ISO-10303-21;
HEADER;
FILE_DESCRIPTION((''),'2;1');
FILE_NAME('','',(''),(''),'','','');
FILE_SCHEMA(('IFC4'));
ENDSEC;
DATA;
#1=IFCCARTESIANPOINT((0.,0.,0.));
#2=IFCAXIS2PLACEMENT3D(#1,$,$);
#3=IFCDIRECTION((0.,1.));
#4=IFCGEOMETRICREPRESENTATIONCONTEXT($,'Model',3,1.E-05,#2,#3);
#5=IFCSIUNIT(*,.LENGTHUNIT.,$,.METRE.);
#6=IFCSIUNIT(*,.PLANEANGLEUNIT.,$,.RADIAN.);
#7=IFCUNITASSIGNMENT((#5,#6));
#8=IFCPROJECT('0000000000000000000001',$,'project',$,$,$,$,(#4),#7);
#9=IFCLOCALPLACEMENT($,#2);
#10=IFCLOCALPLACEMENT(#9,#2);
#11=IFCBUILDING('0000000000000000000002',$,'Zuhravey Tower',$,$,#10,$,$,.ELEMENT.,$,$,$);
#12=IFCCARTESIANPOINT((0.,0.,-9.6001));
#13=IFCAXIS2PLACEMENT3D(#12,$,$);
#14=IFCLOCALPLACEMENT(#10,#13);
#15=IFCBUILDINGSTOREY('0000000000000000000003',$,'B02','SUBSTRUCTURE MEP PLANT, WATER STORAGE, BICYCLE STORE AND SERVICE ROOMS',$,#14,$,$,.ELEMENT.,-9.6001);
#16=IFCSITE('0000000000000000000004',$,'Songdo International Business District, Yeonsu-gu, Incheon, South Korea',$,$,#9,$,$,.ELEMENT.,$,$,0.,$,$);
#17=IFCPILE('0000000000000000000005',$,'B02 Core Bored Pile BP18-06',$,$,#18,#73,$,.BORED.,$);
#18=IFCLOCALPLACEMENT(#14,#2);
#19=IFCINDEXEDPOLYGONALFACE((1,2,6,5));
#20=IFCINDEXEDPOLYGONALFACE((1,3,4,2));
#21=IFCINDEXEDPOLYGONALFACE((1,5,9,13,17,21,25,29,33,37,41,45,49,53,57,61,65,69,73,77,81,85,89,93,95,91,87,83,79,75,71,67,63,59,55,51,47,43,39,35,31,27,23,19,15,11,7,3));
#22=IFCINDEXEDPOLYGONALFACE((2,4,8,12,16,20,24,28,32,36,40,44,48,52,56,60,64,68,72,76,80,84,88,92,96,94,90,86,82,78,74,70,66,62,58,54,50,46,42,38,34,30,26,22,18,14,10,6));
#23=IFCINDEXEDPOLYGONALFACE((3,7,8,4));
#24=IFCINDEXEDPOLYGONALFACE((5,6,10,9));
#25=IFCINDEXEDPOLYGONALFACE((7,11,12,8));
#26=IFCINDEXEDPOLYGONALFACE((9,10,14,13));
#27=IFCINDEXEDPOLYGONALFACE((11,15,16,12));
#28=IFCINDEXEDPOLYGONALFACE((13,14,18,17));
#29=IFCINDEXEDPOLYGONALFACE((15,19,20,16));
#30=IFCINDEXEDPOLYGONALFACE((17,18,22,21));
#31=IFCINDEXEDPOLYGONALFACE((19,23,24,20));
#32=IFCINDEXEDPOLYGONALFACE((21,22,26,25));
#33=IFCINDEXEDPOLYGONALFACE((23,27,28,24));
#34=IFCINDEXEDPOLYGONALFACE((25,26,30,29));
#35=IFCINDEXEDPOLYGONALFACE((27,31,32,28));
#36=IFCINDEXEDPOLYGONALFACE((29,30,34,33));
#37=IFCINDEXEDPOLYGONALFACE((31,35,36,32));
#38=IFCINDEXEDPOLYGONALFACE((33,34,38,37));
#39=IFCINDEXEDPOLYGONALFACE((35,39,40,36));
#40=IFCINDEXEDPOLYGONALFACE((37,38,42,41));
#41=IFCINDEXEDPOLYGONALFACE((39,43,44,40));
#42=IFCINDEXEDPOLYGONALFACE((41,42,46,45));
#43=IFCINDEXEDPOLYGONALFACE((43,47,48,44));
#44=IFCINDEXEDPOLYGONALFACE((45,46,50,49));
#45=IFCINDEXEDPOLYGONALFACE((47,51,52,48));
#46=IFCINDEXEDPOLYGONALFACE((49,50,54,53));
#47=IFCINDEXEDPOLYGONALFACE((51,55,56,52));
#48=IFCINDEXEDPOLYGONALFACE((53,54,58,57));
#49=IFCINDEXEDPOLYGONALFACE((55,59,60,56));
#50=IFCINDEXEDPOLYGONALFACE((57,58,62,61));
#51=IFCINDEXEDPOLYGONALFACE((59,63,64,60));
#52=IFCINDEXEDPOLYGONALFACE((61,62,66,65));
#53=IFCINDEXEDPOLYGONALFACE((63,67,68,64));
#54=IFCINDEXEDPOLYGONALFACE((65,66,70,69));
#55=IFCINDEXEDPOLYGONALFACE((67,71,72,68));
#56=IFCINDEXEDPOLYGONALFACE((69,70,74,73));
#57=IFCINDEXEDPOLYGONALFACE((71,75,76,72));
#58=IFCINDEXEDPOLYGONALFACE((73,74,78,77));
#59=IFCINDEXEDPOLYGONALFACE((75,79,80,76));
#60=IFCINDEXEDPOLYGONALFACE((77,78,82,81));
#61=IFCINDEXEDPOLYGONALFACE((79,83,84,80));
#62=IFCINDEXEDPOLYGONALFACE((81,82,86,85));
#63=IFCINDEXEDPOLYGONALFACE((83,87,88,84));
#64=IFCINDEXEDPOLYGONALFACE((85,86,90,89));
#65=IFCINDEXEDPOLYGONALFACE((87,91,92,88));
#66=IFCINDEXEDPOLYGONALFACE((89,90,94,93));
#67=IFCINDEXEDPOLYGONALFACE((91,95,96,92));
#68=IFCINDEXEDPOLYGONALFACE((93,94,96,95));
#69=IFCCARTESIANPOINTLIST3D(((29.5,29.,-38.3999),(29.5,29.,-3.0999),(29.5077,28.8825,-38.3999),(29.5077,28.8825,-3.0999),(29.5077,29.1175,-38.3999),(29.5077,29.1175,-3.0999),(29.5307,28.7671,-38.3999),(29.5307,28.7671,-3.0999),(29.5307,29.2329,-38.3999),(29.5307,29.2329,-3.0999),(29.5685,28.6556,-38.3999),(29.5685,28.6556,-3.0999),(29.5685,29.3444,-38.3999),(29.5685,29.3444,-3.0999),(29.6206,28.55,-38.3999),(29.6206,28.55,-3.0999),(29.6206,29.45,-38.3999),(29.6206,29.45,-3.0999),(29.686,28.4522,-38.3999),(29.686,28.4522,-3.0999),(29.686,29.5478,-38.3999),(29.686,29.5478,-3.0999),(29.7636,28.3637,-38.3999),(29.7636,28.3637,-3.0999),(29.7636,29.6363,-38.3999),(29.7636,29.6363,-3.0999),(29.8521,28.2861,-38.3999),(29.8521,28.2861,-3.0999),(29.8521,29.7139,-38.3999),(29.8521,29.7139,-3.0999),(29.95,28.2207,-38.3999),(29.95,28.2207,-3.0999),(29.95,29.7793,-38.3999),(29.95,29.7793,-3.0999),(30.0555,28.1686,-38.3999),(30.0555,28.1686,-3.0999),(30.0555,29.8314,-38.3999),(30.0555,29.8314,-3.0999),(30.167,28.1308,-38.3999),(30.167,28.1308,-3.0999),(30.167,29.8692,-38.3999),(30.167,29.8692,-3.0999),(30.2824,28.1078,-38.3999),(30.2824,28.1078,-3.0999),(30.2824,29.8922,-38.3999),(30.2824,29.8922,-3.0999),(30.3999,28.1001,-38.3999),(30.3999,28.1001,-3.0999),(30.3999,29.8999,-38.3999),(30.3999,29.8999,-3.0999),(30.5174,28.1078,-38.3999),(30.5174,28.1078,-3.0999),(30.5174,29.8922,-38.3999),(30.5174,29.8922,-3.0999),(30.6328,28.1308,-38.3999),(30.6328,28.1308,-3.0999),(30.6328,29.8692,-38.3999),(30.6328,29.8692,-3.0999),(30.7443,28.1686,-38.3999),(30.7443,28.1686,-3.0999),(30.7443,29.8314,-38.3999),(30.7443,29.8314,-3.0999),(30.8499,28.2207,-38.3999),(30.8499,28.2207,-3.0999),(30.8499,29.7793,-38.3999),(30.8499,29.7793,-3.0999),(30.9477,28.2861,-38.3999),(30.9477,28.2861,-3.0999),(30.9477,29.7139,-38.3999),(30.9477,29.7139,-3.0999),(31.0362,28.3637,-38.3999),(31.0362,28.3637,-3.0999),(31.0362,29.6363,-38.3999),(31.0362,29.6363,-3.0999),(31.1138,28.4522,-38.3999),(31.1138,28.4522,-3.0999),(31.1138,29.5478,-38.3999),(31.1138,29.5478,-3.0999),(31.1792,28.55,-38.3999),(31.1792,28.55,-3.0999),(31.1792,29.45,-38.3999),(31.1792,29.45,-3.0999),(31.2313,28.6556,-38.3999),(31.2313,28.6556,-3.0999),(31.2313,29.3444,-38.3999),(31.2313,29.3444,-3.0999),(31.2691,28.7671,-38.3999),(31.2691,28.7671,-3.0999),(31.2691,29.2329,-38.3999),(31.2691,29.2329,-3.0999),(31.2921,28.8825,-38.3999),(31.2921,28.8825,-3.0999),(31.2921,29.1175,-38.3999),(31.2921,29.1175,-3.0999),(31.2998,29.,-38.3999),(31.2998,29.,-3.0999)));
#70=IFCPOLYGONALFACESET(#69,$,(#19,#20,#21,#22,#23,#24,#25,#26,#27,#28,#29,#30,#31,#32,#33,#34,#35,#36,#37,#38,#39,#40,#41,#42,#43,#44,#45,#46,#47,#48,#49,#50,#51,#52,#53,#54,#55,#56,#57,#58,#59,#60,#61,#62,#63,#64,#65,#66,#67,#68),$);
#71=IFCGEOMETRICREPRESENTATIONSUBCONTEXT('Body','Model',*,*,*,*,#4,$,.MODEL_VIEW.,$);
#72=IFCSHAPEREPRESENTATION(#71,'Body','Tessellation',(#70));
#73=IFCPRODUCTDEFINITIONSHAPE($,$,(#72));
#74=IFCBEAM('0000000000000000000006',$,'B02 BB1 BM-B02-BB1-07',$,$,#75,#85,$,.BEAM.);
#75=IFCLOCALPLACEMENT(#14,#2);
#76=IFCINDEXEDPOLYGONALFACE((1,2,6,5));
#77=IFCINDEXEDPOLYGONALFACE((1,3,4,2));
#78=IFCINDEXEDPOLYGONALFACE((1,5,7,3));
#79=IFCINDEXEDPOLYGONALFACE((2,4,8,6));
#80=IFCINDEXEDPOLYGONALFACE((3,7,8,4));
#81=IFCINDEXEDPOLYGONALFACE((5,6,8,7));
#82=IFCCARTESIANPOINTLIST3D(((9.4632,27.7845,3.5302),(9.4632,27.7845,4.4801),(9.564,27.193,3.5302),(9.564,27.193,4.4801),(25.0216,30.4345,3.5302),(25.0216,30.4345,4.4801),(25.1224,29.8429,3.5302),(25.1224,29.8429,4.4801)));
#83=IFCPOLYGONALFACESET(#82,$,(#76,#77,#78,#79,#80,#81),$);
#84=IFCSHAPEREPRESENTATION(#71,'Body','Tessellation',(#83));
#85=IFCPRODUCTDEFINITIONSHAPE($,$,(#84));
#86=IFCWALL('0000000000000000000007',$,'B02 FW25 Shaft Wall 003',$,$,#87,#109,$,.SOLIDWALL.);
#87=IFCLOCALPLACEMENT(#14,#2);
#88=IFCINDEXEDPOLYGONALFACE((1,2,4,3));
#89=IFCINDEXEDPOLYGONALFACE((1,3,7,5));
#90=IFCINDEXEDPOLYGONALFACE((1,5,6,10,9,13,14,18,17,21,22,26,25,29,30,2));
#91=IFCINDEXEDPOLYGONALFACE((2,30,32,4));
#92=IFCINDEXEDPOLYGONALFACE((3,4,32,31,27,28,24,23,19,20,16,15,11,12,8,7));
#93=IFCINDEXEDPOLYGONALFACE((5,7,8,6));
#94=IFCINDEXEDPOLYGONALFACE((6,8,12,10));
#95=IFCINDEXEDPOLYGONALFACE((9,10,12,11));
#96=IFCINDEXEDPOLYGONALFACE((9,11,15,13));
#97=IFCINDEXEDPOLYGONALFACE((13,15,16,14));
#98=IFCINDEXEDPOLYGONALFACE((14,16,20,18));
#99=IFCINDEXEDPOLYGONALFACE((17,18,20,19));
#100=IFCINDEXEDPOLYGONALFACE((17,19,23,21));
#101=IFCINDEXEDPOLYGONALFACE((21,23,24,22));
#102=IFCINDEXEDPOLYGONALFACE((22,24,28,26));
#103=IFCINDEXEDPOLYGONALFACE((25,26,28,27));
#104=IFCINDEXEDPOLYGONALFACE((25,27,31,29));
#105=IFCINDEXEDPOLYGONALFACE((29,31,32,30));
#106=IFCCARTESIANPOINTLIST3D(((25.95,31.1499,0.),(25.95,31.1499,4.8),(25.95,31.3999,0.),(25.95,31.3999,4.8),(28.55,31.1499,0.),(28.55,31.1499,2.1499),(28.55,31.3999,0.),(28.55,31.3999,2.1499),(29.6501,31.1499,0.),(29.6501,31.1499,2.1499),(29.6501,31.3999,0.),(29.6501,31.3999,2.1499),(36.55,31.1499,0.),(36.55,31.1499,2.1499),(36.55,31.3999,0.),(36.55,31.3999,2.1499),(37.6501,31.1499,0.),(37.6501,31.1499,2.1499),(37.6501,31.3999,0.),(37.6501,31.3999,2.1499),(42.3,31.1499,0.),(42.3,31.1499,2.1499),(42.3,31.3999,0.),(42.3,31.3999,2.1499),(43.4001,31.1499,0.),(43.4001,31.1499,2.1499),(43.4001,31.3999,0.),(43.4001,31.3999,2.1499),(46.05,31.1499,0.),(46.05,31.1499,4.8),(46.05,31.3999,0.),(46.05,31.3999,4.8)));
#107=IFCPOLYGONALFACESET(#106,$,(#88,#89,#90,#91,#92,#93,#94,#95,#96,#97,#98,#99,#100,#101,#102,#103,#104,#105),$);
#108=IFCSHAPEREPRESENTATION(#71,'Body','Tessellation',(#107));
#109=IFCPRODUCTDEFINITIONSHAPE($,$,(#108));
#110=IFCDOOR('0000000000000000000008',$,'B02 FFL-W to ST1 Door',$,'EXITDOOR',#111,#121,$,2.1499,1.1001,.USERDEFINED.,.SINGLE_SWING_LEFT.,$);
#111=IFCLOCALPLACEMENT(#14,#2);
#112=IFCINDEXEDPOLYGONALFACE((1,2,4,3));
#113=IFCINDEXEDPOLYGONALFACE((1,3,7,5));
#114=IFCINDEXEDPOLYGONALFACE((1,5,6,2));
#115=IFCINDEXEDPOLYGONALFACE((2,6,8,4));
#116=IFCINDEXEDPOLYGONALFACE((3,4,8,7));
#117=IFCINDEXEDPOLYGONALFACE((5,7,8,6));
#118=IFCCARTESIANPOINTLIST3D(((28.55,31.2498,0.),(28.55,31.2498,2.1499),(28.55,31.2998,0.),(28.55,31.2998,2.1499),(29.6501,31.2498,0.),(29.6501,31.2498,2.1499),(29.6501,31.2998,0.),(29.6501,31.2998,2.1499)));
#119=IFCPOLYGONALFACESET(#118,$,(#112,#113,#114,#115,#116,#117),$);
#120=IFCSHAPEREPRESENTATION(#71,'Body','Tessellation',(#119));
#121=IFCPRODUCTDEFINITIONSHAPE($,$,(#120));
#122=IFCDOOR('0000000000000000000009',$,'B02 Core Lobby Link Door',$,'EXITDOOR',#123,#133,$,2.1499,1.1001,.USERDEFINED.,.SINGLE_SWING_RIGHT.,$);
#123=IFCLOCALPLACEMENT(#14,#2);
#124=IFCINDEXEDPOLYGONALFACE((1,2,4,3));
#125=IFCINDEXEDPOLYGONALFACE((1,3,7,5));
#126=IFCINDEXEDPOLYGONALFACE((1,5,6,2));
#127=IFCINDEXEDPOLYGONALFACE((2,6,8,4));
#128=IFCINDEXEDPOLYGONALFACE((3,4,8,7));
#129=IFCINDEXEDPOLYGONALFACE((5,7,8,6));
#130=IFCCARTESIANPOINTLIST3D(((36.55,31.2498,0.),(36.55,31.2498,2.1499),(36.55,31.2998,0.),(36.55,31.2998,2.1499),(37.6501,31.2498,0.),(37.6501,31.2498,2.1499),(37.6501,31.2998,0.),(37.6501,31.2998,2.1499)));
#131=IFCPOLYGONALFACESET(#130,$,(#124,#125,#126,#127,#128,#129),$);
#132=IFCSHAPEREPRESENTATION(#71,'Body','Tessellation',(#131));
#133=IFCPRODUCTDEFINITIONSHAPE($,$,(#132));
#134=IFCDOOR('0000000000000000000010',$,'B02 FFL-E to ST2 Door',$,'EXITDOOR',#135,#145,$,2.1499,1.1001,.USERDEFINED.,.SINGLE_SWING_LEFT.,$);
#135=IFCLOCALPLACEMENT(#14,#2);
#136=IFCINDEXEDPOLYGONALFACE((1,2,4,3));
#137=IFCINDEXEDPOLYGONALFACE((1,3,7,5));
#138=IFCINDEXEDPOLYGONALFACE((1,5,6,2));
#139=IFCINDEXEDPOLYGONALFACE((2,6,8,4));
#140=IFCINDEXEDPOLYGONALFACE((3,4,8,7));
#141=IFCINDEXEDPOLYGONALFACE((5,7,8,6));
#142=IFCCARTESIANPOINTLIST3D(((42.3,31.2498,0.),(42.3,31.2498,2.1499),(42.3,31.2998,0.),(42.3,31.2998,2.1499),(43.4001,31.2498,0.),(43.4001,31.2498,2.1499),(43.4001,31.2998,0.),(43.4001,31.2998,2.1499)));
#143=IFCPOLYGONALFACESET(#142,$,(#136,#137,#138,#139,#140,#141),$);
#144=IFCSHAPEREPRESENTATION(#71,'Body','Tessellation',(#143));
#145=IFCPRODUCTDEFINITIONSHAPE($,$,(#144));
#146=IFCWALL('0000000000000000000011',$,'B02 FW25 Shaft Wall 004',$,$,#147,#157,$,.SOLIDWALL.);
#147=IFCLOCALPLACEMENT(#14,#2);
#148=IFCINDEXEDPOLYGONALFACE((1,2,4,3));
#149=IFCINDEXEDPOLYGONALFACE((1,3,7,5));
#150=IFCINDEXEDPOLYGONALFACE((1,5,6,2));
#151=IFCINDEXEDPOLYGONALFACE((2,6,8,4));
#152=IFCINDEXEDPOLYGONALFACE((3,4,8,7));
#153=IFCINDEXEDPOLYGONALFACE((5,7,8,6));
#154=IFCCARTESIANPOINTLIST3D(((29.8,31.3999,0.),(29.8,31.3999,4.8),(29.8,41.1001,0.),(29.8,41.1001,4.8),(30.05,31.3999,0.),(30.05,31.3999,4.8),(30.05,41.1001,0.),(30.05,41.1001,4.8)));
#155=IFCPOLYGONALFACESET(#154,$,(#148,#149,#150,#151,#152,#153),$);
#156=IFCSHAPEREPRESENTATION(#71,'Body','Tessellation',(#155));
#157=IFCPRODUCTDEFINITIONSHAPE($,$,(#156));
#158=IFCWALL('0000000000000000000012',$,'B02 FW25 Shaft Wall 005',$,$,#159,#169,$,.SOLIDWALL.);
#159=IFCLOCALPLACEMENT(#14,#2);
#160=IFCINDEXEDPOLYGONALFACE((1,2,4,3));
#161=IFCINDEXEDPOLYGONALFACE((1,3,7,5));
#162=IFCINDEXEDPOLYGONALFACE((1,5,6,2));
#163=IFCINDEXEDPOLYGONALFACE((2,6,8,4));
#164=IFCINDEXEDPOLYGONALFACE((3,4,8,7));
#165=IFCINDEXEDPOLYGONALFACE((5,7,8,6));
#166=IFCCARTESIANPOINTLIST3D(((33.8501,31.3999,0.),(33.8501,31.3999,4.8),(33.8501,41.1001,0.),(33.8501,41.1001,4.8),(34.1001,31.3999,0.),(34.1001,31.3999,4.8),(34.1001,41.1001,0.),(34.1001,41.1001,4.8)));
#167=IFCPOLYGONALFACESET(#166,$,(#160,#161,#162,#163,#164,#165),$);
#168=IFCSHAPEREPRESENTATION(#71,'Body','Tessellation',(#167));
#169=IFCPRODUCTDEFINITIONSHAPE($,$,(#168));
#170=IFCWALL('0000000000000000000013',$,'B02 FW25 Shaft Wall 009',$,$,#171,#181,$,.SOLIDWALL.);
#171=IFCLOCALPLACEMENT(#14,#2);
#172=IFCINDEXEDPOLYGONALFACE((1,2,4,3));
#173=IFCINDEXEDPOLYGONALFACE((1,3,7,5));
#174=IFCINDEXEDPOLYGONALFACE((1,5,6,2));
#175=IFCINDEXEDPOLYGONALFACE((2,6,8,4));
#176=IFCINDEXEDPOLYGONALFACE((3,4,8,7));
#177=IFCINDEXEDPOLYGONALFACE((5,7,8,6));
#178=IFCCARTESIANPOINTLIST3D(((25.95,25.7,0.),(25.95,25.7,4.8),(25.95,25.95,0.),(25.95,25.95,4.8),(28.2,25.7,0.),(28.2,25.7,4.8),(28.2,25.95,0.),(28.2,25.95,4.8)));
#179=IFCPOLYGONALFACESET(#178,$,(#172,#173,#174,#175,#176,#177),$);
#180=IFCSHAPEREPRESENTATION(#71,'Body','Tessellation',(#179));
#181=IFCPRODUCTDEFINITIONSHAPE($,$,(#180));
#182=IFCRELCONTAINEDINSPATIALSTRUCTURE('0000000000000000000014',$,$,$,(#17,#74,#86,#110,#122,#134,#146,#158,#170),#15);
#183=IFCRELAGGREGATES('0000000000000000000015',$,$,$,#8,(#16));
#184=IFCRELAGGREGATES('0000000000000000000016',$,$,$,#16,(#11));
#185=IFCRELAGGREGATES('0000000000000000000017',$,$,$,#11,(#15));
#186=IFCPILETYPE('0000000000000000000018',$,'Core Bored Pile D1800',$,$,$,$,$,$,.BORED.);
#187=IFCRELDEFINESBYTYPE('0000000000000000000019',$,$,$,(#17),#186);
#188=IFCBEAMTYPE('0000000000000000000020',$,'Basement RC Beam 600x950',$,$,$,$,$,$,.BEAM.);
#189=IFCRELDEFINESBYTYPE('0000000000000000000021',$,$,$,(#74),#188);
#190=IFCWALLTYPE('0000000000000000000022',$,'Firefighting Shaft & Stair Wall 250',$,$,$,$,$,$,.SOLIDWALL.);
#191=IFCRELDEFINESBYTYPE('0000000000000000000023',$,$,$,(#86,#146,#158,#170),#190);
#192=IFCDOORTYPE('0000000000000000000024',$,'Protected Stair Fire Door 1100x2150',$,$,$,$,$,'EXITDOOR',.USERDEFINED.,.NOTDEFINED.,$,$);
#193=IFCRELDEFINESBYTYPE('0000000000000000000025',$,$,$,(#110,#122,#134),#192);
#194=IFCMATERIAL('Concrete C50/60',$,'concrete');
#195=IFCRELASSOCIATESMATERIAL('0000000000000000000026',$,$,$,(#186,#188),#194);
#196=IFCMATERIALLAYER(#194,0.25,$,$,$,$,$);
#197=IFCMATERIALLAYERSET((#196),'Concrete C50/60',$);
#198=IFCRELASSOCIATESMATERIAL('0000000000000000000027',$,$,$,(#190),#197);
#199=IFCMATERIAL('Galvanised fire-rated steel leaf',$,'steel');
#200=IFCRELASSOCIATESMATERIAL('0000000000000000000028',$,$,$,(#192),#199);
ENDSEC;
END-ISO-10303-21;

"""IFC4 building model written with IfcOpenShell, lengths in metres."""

from ifc_helpers import new_model, si_unit, direction, frame, frame_2d, origin, origin_2d, place, context, subcontext, project, spatial, rectangle, circle, extrude, material, layer, layer_set, material_profile, profile_set, type_object, element, fill, save


model = new_model("IFC4")

# Units and contexts
model_context = context("Model", 3, precision=1e-05, world=origin(), true_north=direction((0.0, 1.0)))
body_context = subcontext(model_context, "Body", "Model", "MODEL_VIEW")
ifc_project = project(units=[si_unit("LENGTHUNIT", "METRE"), si_unit("PLANEANGLEUNIT", "RADIAN")], contexts=[model_context])

# Site, building, storey
site_placement = place(None, origin())
site = spatial("IfcSite", under=ifc_project, at=site_placement, Name="Songdo International Business District, Yeonsu-gu, Incheon, South Korea", CompositionType="ELEMENT", RefElevation=0.0)
building_placement = place(site_placement, origin())
building = spatial("IfcBuilding", under=site, at=building_placement, Name="Zuhravey Tower", CompositionType="ELEMENT")
storey_placement = place(building_placement, frame((0.0, 0.0, -9.6001)))
storey = spatial("IfcBuildingStorey", under=building, at=storey_placement, Name="B02", Description="SUBSTRUCTURE MEP PLANT, WATER STORAGE, BICYCLE STORE AND SERVICE ROOMS", CompositionType="ELEMENT", Elevation=-9.6001)

# Pile
ifc_material_1 = material(Name="Concrete C50/60", Category="concrete")
ifc_material_profile_1 = material_profile(ifc_material_1, circle(Radius=0.8999, at=origin_2d()), Name="PILE-D1800")
ifc_profile_set_1 = profile_set([ifc_material_profile_1], Name="Concrete C50/60")
pile_type = type_object("IfcPileType", Name="Core Bored Pile D1800", PredefinedType="BORED", material=ifc_profile_set_1)
for number, where, z_axis, x_axis, name in (
    (1, (30.3999, 29.0, -3.0999), (0.0, 0.0, -1.0), (1.0, 0.0, 0.0), "B02 Core Bored Pile BP18-06"),
):
    element("IfcPile", number, at=place(storey_placement, frame(where, z_axis=z_axis, x_axis=x_axis)), inside=storey, type_object=pile_type, Name=name, PredefinedType="BORED", context=body_context, shape_type="SweptSolid", body=[
        extrude(circle(Radius=0.8999, at=origin_2d()), origin(), (0.0, 0.0, 1.0), 35.3),
    ])

# Beam
ifc_material_profile_2 = material_profile(ifc_material_1, rectangle(XDim=0.6001, YDim=0.95, at=origin_2d()), Name="RC-600x950")
ifc_profile_set_2 = profile_set([ifc_material_profile_2], Name="Concrete C50/60")
beam_type = type_object("IfcBeamType", Name="Basement RC Beam 600x950", PredefinedType="BEAM", material=ifc_profile_set_2)
beam_placement = place(storey_placement, frame((25.072, 30.1387, 4.0051), z_axis=(-0.985804, -0.167902, 0.0), x_axis=(0.167902, -0.985804, 0.0)))
element("IfcBeam", 2, at=beam_placement, inside=storey, type_object=beam_type, Name="B02 BB1 BM-B02-BB1-07", PredefinedType="BEAM", context=body_context, shape_type="SweptSolid", body=[
    extrude(rectangle(XDim=0.6001, YDim=0.95, at=origin_2d()), origin(), (0.0, 0.0, 1.0), 15.7825),
])

# Wall, openings, doors
ifc_layer = layer(ifc_material_1, 0.25)
ifc_layer_set = layer_set([ifc_layer], Name="Concrete C50/60")
wall_type = type_object("IfcWallType", Name="Firefighting Shaft & Stair Wall 250", PredefinedType="SOLIDWALL", material=ifc_layer_set)
wall_1_placement = place(storey_placement, frame((25.95, 31.2749, 0.0), z_axis=(0.0, 0.0, 1.0), x_axis=(1.0, 0.0, 0.0)))
wall_1 = element("IfcWall", 3, at=wall_1_placement, inside=storey, type_object=wall_type, Name="B02 FW25 Shaft Wall 003", PredefinedType="SOLIDWALL", context=body_context, shape_type="SweptSolid", body=[
    extrude(rectangle(XDim=20.1001, YDim=0.25, at=frame_2d((10.05, 0.0))), origin(), (0.0, 0.0, 1.0), 4.8),
])
opening_1_placement = place(wall_1_placement, frame((2.6001, 0.0, 0.0)))
opening_1 = element("IfcOpeningElement", 4, at=opening_1_placement, cuts=wall_1, PredefinedType="OPENING", context=body_context, shape_type="SweptSolid", body=[
    extrude(rectangle(XDim=1.1001, YDim=2.1499, at=frame_2d((0.55, 1.075))), frame((0.0, 0.137, 0.0), z_axis=(0.0, -1.0, 0.0), x_axis=(1.0, 0.0, 0.0)), (0.0, 0.0, 1.0), 0.2739),
])
opening_2_placement = place(wall_1_placement, frame((10.6001, 0.0, 0.0)))
opening_2 = element("IfcOpeningElement", 5, at=opening_2_placement, cuts=wall_1, PredefinedType="OPENING", context=body_context, shape_type="SweptSolid", body=[
    extrude(rectangle(XDim=1.1001, YDim=2.1499, at=frame_2d((0.55, 1.075))), frame((0.0, 0.137, 0.0), z_axis=(0.0, -1.0, 0.0), x_axis=(1.0, 0.0, 0.0)), (0.0, 0.0, 1.0), 0.2739),
])
opening_3_placement = place(wall_1_placement, frame((16.3501, 0.0, 0.0)))
opening_3 = element("IfcOpeningElement", 6, at=opening_3_placement, cuts=wall_1, PredefinedType="OPENING", context=body_context, shape_type="SweptSolid", body=[
    extrude(rectangle(XDim=1.1001, YDim=2.1499, at=frame_2d((0.55, 1.075))), frame((0.0, 0.137, 0.0), z_axis=(0.0, -1.0, 0.0), x_axis=(1.0, 0.0, 0.0)), (0.0, 0.0, 1.0), 0.2739),
])
ifc_material_2 = material(Name="Galvanised fire-rated steel leaf", Category="steel")
door_type_1 = type_object("IfcDoorType", Name="Protected Stair Fire Door 1100x2150", ElementType="EXITDOOR", OperationType="NOTDEFINED", PredefinedType="USERDEFINED", material=ifc_material_2)
door_1_placement = place(opening_1_placement, origin())
door_1 = element("IfcDoor", 7, at=door_1_placement, inside=storey, type_object=door_type_1, Name="B02 FFL-W to ST1 Door", ObjectType="EXITDOOR", OperationType="SINGLE_SWING_LEFT", OverallHeight=2.1499, OverallWidth=1.1001, PredefinedType="USERDEFINED", context=body_context, shape_type="SweptSolid", body=[
    extrude(rectangle(XDim=1.1001, YDim=2.1499, at=frame_2d((0.55, 1.075))), frame((0.0, 0.0249, 0.0), z_axis=(0.0, -1.0, 0.0), x_axis=(1.0, 0.0, 0.0)), (0.0, 0.0, 1.0), 0.05),
])
fill(opening_1, door_1)
door_2_placement = place(opening_2_placement, origin())
door_2 = element("IfcDoor", 8, at=door_2_placement, inside=storey, type_object=door_type_1, Name="B02 Core Lobby Link Door", ObjectType="EXITDOOR", OperationType="SINGLE_SWING_RIGHT", OverallHeight=2.1499, OverallWidth=1.1001, PredefinedType="USERDEFINED", context=body_context, shape_type="SweptSolid", body=[
    extrude(rectangle(XDim=1.1001, YDim=2.1499, at=frame_2d((0.55, 1.075))), frame((0.0, 0.0249, 0.0), z_axis=(0.0, -1.0, 0.0), x_axis=(1.0, 0.0, 0.0)), (0.0, 0.0, 1.0), 0.05),
])
fill(opening_2, door_2)
door_3_placement = place(opening_3_placement, origin())
door_3 = element("IfcDoor", 9, at=door_3_placement, inside=storey, type_object=door_type_1, Name="B02 FFL-E to ST2 Door", ObjectType="EXITDOOR", OperationType="SINGLE_SWING_LEFT", OverallHeight=2.1499, OverallWidth=1.1001, PredefinedType="USERDEFINED", context=body_context, shape_type="SweptSolid", body=[
    extrude(rectangle(XDim=1.1001, YDim=2.1499, at=frame_2d((0.55, 1.075))), frame((0.0, 0.0249, 0.0), z_axis=(0.0, -1.0, 0.0), x_axis=(1.0, 0.0, 0.0)), (0.0, 0.0, 1.0), 0.05),
])
fill(opening_3, door_3)

# Walls
for number, where, z_axis, x_axis, name in (
    (10, (29.925, 31.3999, 0.0), (0.0, 0.0, 1.0), (0.0, 1.0, 0.0), "B02 FW25 Shaft Wall 004"),
    (11, (33.9751, 31.3999, 0.0), (0.0, 0.0, 1.0), (0.0, 1.0, 0.0), "B02 FW25 Shaft Wall 005"),
):
    element("IfcWall", number, at=place(storey_placement, frame(where, z_axis=z_axis, x_axis=x_axis)), inside=storey, type_object=wall_type, Name=name, PredefinedType="SOLIDWALL", context=body_context, shape_type="SweptSolid", body=[
        extrude(rectangle(XDim=9.7002, YDim=0.25, at=frame_2d((4.8501, 0.0))), origin(), (0.0, 0.0, 1.0), 4.8),
    ])
for number, where, z_axis, x_axis, name in (
    (12, (25.95, 25.825, 0.0), (0.0, 0.0, 1.0), (1.0, 0.0, 0.0), "B02 FW25 Shaft Wall 009"),
):
    element("IfcWall", number, at=place(storey_placement, frame(where, z_axis=z_axis, x_axis=x_axis)), inside=storey, type_object=wall_type, Name=name, PredefinedType="SOLIDWALL", context=body_context, shape_type="SweptSolid", body=[
        extrude(rectangle(XDim=2.25, YDim=0.25, at=frame_2d((1.125, 0.0))), origin(), (0.0, 0.0, 1.0), 4.8),
    ])

save(model, "model.ifc")
